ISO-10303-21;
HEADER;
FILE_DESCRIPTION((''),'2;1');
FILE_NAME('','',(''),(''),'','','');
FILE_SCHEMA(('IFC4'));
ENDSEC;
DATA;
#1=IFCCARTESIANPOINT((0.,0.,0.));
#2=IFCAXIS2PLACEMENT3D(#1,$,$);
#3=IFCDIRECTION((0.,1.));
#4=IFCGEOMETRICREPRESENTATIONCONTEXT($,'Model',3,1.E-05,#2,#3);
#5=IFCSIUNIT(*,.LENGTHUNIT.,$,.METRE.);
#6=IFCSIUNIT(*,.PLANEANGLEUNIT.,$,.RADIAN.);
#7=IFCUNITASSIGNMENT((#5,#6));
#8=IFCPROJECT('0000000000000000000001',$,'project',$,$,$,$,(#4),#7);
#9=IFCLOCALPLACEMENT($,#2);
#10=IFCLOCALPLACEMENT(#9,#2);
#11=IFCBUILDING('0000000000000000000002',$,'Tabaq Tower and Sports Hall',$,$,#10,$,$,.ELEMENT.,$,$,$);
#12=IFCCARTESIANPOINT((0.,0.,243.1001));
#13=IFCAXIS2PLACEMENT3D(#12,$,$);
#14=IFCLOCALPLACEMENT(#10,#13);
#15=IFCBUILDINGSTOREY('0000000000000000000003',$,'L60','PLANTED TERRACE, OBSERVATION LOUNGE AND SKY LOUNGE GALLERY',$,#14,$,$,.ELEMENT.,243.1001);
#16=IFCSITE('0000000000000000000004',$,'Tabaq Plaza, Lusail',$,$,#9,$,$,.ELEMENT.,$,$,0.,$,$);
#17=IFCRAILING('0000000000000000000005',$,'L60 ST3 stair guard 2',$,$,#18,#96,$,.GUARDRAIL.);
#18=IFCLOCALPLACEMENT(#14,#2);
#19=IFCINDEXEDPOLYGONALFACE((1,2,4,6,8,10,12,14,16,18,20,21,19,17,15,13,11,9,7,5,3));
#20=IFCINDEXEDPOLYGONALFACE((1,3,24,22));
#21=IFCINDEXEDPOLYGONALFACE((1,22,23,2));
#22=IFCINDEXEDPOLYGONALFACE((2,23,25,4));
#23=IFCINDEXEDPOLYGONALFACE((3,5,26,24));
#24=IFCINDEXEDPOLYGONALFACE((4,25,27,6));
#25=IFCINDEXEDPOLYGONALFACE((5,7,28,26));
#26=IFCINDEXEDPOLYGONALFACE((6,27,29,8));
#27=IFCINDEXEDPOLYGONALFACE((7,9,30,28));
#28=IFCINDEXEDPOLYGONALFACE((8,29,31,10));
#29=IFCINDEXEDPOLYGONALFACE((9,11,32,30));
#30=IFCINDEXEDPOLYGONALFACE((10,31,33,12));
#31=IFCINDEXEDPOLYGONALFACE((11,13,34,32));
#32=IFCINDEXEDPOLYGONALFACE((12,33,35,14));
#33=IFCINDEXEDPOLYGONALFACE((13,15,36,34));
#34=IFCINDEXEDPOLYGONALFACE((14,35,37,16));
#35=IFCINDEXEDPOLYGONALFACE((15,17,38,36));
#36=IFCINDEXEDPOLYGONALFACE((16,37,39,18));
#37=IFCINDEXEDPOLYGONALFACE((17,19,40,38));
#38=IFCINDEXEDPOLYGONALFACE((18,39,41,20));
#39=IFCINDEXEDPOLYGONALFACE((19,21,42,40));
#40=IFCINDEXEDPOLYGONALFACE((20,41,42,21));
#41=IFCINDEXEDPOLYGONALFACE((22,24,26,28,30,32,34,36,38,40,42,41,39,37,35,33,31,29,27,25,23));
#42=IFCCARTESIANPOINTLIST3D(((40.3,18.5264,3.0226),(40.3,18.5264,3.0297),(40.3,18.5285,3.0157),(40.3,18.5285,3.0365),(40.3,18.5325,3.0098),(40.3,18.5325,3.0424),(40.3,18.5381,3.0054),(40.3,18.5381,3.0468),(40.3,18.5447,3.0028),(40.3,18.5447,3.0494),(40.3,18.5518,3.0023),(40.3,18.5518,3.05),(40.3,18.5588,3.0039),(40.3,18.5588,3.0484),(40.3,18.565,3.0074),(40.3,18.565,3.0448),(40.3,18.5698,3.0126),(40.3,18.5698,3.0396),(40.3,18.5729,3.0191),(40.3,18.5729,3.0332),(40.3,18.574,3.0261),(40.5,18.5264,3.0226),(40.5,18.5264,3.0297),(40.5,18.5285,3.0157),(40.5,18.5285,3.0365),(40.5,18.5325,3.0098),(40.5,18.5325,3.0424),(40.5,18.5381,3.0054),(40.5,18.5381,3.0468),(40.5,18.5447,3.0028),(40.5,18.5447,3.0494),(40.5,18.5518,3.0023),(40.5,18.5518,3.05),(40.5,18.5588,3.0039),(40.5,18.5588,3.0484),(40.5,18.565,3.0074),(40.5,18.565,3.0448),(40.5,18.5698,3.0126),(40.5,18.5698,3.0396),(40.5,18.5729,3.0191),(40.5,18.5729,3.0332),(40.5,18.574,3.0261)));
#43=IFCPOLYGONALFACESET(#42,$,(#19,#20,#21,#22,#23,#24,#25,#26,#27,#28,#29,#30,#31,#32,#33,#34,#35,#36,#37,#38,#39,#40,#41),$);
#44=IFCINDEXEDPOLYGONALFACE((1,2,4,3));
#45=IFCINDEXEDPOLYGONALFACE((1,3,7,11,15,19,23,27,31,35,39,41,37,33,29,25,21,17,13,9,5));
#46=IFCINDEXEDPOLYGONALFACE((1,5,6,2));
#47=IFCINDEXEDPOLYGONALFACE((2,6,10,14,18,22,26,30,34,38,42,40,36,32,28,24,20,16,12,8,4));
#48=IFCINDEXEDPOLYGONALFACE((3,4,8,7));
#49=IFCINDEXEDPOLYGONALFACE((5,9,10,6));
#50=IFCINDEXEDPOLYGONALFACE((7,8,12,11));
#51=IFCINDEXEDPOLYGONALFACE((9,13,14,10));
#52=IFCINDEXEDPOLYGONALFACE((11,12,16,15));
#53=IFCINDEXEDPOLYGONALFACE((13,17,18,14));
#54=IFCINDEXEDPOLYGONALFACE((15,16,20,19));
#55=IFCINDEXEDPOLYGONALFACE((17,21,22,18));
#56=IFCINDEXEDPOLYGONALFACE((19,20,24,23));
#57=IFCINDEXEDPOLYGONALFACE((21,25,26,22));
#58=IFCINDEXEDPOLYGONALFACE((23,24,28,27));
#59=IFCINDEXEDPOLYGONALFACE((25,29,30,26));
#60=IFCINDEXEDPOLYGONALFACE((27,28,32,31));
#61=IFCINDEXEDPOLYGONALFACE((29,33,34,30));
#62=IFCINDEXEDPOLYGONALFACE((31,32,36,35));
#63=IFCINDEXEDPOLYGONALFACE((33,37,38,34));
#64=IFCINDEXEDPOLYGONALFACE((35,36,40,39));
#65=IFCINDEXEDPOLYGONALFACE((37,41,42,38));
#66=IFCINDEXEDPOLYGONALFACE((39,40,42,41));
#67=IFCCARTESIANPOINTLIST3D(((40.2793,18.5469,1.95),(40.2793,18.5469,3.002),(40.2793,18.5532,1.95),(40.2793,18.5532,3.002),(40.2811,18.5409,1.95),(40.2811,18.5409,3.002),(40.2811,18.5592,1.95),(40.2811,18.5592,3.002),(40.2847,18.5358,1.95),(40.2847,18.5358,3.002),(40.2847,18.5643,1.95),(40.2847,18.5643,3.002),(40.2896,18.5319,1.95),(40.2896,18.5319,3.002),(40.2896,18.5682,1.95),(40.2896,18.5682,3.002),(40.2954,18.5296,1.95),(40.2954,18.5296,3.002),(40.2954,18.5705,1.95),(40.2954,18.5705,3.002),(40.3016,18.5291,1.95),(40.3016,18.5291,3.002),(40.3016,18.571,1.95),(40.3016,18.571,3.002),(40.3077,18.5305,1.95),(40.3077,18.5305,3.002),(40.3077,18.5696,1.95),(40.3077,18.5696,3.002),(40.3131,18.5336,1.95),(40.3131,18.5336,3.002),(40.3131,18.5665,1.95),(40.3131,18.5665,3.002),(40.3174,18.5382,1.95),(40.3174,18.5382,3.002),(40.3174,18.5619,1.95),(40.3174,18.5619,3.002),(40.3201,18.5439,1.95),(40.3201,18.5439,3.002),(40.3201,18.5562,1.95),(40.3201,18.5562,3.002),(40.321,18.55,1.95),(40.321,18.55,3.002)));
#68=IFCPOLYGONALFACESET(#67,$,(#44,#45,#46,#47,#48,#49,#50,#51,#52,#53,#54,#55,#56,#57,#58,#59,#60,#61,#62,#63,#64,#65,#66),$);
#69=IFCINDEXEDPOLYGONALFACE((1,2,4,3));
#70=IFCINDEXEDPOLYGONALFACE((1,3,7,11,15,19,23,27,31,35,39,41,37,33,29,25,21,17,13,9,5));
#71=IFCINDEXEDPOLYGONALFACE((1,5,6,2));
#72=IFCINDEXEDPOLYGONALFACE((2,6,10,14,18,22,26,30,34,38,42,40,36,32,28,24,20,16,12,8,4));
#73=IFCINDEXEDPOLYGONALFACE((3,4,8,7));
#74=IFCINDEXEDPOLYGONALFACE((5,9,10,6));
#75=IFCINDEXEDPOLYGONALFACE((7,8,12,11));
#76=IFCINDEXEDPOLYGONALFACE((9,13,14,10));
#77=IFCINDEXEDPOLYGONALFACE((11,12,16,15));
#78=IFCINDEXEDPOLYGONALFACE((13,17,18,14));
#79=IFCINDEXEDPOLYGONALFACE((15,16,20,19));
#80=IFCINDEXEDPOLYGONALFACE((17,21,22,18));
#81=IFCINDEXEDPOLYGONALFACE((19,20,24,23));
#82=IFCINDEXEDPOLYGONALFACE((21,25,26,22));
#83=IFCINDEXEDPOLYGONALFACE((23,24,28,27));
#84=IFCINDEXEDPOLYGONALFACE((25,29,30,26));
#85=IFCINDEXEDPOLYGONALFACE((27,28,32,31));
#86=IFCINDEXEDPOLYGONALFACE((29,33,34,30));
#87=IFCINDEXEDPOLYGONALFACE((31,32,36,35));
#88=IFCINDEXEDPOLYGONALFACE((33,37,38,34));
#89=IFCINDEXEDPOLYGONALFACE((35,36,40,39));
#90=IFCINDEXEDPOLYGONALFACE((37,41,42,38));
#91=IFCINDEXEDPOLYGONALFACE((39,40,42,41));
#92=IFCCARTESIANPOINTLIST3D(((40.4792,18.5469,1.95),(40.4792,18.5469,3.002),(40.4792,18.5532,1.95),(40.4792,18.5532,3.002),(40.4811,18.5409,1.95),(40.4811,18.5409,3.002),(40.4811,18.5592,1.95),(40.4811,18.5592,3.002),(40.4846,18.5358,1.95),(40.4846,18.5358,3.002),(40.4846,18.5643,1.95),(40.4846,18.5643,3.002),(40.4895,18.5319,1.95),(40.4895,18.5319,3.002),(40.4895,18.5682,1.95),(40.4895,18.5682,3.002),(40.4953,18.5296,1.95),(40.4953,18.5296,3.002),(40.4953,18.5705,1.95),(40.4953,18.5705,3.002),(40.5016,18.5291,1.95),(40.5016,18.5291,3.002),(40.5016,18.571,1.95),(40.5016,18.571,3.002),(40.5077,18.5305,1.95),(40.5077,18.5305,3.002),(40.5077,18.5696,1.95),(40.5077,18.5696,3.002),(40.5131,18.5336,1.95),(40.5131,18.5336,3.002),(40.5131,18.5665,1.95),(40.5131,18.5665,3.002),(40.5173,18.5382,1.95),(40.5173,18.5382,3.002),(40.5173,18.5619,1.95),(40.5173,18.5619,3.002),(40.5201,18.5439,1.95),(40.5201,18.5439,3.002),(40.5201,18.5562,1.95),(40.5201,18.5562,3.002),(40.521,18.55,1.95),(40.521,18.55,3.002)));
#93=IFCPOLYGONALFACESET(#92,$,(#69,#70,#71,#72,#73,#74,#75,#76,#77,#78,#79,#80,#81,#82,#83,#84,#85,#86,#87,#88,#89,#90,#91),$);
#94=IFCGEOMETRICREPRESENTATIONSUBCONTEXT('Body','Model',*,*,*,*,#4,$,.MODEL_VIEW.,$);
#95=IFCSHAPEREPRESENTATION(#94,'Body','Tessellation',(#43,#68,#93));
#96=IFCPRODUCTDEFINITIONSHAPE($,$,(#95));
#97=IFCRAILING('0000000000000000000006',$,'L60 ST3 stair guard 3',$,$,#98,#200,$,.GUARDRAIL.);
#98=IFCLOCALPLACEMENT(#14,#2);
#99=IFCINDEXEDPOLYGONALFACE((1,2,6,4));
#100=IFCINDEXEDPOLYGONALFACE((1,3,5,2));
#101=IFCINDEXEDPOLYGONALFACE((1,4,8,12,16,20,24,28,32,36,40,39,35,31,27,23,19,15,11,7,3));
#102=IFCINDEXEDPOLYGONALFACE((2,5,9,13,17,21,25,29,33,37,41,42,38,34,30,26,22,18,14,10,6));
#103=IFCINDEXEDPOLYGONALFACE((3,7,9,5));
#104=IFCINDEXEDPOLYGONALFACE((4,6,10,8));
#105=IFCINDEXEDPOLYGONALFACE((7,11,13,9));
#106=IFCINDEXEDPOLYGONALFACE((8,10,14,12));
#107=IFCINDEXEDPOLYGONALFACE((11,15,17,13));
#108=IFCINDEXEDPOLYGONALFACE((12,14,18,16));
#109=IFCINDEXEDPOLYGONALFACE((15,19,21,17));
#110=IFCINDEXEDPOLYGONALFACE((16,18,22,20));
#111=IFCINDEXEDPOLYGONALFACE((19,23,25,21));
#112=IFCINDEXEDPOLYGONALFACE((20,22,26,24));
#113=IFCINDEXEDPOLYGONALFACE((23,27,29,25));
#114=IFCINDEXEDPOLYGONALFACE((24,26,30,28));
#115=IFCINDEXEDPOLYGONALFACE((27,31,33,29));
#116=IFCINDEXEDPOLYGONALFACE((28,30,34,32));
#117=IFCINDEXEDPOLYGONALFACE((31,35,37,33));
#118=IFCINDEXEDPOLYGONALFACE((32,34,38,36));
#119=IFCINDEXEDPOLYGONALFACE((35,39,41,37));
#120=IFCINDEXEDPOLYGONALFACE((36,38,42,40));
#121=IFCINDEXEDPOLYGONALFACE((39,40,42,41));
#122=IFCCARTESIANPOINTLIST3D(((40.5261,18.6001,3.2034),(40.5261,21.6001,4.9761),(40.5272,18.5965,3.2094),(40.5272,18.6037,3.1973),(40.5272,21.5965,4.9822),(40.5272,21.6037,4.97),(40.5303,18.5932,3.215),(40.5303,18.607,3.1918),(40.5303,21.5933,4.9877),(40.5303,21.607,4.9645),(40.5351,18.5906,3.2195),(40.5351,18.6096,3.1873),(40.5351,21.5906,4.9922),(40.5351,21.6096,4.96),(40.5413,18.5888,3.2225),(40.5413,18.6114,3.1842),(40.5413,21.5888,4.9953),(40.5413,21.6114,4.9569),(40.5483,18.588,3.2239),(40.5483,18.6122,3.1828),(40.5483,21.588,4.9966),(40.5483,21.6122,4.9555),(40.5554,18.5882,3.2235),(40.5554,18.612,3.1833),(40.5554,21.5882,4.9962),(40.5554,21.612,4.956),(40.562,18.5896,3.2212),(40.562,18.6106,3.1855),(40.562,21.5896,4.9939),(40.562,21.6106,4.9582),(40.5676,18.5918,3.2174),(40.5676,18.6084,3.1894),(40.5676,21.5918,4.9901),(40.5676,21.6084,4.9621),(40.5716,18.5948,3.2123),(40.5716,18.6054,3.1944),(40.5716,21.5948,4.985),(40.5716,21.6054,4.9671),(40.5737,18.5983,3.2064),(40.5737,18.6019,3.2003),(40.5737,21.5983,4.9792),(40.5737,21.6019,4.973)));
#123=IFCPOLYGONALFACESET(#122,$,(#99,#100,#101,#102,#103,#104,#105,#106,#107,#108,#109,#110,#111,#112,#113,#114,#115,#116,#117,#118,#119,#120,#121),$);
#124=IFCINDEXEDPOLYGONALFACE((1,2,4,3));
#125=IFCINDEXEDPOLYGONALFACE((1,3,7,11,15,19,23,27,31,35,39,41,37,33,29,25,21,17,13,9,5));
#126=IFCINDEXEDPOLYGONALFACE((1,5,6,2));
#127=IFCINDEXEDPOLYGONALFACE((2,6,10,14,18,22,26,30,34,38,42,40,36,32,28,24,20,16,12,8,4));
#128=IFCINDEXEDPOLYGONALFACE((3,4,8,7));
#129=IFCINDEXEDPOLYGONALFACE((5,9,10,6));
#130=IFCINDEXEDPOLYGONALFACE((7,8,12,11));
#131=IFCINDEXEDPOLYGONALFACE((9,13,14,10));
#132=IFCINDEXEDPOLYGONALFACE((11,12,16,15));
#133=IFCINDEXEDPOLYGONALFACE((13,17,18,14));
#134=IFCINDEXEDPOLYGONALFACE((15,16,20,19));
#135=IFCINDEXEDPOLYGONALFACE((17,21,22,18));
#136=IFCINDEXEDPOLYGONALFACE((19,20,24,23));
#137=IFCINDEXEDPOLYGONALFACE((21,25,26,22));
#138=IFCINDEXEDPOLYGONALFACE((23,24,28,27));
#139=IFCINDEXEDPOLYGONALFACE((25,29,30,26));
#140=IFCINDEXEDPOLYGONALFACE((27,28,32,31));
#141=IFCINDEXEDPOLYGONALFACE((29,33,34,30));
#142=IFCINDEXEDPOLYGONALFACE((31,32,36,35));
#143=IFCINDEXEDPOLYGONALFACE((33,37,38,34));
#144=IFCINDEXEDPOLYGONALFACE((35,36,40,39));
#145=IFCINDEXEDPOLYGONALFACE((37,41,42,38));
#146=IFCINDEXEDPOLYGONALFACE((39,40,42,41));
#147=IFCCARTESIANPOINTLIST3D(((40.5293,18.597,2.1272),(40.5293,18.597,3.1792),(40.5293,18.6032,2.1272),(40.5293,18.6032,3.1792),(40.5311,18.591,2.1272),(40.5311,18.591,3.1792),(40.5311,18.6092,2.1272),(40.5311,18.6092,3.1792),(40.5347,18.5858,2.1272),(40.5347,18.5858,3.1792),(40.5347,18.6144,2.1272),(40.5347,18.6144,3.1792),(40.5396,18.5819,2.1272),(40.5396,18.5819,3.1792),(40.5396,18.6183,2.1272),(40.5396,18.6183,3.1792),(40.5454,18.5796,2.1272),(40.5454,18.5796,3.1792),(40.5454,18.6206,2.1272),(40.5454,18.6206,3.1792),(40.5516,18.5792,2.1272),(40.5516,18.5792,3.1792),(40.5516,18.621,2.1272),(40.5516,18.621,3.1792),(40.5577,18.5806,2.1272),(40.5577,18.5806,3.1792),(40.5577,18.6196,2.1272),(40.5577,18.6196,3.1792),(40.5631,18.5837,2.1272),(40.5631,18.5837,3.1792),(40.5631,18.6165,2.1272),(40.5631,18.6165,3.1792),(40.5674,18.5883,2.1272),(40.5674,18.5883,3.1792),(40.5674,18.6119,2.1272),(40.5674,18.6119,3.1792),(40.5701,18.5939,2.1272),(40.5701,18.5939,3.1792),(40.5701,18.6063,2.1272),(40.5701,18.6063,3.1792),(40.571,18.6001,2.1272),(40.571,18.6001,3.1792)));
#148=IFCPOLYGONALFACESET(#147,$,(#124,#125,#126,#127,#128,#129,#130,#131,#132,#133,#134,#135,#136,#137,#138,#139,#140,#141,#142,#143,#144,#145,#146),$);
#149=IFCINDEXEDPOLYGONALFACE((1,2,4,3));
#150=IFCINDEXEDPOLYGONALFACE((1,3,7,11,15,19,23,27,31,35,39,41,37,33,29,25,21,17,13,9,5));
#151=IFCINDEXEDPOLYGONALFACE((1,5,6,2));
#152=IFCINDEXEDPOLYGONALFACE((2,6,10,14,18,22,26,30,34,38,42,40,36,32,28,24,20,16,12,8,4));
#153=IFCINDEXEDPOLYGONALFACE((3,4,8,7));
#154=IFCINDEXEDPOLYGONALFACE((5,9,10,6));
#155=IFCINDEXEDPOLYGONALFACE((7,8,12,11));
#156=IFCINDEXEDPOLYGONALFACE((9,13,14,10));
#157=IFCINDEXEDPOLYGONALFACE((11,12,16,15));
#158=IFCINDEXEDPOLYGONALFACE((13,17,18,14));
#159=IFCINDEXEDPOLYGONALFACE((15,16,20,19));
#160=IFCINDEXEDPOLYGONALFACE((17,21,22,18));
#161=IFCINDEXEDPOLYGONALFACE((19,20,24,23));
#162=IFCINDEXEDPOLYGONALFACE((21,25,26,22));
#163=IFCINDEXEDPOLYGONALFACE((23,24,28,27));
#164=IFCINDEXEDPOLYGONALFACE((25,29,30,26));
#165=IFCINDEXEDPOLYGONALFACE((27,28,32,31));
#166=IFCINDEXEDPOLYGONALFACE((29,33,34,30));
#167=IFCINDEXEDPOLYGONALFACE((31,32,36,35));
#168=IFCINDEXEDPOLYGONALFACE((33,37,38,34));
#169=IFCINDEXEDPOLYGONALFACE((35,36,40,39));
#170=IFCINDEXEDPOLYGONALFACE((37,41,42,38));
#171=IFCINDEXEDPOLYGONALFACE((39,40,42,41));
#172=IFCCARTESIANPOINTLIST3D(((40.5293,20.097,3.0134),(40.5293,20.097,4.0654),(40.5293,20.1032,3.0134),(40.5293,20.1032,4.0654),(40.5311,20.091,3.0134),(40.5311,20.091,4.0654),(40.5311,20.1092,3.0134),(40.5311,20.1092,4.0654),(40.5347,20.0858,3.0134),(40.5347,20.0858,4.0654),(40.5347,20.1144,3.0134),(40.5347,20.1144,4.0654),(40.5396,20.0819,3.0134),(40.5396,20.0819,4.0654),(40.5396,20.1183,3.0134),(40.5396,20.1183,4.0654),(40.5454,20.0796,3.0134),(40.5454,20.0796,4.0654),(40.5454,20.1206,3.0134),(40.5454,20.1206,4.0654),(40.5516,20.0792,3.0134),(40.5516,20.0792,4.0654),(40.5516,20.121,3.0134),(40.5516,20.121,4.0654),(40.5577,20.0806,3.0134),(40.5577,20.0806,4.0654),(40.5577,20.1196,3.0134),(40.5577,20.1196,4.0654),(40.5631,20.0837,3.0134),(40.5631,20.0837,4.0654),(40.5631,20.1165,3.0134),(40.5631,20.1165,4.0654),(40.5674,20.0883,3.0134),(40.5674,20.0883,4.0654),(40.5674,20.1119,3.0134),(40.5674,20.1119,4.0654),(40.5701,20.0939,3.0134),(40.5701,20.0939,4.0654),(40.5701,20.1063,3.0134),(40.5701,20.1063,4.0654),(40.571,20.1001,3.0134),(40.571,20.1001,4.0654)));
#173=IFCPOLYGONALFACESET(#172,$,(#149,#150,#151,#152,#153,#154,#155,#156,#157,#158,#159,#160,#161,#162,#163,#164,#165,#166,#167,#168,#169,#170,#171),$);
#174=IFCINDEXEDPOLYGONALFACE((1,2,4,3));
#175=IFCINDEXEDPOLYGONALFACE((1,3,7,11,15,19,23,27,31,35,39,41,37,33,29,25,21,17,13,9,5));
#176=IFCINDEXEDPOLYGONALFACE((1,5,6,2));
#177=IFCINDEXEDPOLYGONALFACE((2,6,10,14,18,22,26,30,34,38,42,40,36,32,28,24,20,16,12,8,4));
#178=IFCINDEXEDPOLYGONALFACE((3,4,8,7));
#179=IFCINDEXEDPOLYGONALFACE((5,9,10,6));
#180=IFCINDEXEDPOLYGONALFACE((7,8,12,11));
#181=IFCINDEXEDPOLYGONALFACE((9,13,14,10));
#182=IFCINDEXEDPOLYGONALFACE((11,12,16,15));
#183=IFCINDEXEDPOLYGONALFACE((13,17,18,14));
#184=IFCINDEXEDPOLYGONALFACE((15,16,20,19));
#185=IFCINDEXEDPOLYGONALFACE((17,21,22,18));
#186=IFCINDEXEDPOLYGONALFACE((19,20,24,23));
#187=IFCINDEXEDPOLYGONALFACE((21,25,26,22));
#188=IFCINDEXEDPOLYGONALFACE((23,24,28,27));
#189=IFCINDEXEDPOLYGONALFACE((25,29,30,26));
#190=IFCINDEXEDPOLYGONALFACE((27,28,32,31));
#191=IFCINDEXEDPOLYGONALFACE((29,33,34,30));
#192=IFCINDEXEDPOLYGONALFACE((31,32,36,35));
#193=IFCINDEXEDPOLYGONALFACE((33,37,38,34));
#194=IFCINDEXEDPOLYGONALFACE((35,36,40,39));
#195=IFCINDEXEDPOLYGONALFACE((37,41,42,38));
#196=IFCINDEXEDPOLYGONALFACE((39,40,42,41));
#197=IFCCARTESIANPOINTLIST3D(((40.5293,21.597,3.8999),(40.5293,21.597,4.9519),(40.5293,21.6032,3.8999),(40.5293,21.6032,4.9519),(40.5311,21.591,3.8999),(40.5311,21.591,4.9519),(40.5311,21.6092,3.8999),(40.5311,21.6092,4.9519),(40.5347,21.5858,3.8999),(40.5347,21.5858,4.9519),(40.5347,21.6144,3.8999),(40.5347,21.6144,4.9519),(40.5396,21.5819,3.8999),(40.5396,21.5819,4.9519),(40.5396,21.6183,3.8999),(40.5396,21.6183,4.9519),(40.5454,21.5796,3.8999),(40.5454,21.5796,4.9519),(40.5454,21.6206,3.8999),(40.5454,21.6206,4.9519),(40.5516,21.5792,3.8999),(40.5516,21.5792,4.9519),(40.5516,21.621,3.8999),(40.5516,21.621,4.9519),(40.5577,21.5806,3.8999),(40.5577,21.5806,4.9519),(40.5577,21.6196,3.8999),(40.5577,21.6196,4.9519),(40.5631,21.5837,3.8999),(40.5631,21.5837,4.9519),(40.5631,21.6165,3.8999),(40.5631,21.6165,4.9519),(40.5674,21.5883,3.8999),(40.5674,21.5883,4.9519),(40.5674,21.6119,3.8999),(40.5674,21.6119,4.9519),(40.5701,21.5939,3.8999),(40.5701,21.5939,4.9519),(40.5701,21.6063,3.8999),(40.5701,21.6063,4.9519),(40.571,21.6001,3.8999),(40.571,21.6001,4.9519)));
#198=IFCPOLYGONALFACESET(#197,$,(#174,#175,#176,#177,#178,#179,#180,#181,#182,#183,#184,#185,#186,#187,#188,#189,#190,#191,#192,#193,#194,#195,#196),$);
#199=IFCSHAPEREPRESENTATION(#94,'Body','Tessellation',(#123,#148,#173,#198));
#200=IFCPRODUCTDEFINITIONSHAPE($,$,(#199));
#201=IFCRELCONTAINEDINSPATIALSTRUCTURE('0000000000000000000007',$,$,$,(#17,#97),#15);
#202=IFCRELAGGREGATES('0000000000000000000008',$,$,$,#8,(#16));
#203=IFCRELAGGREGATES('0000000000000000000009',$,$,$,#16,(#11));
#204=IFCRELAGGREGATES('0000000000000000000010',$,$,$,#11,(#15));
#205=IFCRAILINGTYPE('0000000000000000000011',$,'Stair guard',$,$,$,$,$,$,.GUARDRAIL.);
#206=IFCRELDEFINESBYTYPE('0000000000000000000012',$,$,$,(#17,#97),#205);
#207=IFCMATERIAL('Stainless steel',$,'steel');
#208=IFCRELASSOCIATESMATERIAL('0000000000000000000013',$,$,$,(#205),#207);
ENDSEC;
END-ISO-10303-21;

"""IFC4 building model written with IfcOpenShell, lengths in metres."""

from ifc_helpers import new_model, si_unit, direction, frame, origin, origin_2d, place, context, subcontext, project, spatial, circle, extrude, material, type_object, element, save


model = new_model("IFC4")

# Units and contexts
model_context = context("Model", 3, precision=1e-05, world=origin(), true_north=direction((0.0, 1.0)))
body_context = subcontext(model_context, "Body", "Model", "MODEL_VIEW")
ifc_project = project(units=[si_unit("LENGTHUNIT", "METRE"), si_unit("PLANEANGLEUNIT", "RADIAN")], contexts=[model_context])

# Site, building, storey
site_placement = place(None, origin())
site = spatial("IfcSite", under=ifc_project, at=site_placement, Name="Tabaq Plaza, Lusail", CompositionType="ELEMENT", RefElevation=0.0)
building_placement = place(site_placement, origin())
building = spatial("IfcBuilding", under=site, at=building_placement, Name="Tabaq Tower and Sports Hall", CompositionType="ELEMENT")
storey_placement = place(building_placement, frame((0.0, 0.0, 243.1001)))
storey = spatial("IfcBuildingStorey", under=building, at=storey_placement, Name="L60", Description="PLANTED TERRACE, OBSERVATION LOUNGE AND SKY LOUNGE GALLERY", CompositionType="ELEMENT", Elevation=243.1001)

# Railings
ifc_material_1 = material(Name="Stainless steel", Category="steel")
railing_type_1 = type_object("IfcRailingType", Name="Stair guard", PredefinedType="GUARDRAIL", material=ifc_material_1)
railing_1_placement = place(storey_placement, frame((40.3, 18.55, 1.95)))
element("IfcRailing", 1, at=railing_1_placement, inside=storey, type_object=railing_type_1, Name="L60 ST3 stair guard 2", PredefinedType="GUARDRAIL", context=body_context, shape_type="SweptSolid", body=[
    extrude(circle(Radius=0.0239, at=origin_2d()), frame((0.0, 0.0, 1.0762), z_axis=(1.0, 0.0, 0.0), x_axis=(0.0, 1.0, 0.0)), (0.0, 0.0, 1.0), 0.2),
    extrude(circle(Radius=0.021, at=origin_2d()), origin(), (0.0, 0.0, 1.0), 1.052),
    extrude(circle(Radius=0.021, at=origin_2d()), frame((0.2, 0.0, 0.0)), (0.0, 0.0, 1.0), 1.052),
])
railing_2_placement = place(storey_placement, frame((40.55, 18.6001, 2.1272)))
element("IfcRailing", 2, at=railing_2_placement, inside=storey, type_object=railing_type_1, Name="L60 ST3 stair guard 3", PredefinedType="GUARDRAIL", context=body_context, shape_type="SweptSolid", body=[
    extrude(circle(Radius=0.0239, at=origin_2d()), frame((0.0, 0.0, 1.0762), z_axis=(0.0, 0.860929, 0.508725), x_axis=(-1.0, 0.0, 0.0)), (0.0, 0.0, 1.0), 3.4846),
    extrude(circle(Radius=0.021, at=origin_2d()), origin(), (0.0, 0.0, 1.0), 1.052),
    extrude(circle(Radius=0.021, at=origin_2d()), frame((0.0, 1.5, 0.8862)), (0.0, 0.0, 1.0), 1.052),
    extrude(circle(Radius=0.021, at=origin_2d()), frame((0.0, 3.0, 1.7727)), (0.0, 0.0, 1.0), 1.052),
])

save(model, "model.ifc")
